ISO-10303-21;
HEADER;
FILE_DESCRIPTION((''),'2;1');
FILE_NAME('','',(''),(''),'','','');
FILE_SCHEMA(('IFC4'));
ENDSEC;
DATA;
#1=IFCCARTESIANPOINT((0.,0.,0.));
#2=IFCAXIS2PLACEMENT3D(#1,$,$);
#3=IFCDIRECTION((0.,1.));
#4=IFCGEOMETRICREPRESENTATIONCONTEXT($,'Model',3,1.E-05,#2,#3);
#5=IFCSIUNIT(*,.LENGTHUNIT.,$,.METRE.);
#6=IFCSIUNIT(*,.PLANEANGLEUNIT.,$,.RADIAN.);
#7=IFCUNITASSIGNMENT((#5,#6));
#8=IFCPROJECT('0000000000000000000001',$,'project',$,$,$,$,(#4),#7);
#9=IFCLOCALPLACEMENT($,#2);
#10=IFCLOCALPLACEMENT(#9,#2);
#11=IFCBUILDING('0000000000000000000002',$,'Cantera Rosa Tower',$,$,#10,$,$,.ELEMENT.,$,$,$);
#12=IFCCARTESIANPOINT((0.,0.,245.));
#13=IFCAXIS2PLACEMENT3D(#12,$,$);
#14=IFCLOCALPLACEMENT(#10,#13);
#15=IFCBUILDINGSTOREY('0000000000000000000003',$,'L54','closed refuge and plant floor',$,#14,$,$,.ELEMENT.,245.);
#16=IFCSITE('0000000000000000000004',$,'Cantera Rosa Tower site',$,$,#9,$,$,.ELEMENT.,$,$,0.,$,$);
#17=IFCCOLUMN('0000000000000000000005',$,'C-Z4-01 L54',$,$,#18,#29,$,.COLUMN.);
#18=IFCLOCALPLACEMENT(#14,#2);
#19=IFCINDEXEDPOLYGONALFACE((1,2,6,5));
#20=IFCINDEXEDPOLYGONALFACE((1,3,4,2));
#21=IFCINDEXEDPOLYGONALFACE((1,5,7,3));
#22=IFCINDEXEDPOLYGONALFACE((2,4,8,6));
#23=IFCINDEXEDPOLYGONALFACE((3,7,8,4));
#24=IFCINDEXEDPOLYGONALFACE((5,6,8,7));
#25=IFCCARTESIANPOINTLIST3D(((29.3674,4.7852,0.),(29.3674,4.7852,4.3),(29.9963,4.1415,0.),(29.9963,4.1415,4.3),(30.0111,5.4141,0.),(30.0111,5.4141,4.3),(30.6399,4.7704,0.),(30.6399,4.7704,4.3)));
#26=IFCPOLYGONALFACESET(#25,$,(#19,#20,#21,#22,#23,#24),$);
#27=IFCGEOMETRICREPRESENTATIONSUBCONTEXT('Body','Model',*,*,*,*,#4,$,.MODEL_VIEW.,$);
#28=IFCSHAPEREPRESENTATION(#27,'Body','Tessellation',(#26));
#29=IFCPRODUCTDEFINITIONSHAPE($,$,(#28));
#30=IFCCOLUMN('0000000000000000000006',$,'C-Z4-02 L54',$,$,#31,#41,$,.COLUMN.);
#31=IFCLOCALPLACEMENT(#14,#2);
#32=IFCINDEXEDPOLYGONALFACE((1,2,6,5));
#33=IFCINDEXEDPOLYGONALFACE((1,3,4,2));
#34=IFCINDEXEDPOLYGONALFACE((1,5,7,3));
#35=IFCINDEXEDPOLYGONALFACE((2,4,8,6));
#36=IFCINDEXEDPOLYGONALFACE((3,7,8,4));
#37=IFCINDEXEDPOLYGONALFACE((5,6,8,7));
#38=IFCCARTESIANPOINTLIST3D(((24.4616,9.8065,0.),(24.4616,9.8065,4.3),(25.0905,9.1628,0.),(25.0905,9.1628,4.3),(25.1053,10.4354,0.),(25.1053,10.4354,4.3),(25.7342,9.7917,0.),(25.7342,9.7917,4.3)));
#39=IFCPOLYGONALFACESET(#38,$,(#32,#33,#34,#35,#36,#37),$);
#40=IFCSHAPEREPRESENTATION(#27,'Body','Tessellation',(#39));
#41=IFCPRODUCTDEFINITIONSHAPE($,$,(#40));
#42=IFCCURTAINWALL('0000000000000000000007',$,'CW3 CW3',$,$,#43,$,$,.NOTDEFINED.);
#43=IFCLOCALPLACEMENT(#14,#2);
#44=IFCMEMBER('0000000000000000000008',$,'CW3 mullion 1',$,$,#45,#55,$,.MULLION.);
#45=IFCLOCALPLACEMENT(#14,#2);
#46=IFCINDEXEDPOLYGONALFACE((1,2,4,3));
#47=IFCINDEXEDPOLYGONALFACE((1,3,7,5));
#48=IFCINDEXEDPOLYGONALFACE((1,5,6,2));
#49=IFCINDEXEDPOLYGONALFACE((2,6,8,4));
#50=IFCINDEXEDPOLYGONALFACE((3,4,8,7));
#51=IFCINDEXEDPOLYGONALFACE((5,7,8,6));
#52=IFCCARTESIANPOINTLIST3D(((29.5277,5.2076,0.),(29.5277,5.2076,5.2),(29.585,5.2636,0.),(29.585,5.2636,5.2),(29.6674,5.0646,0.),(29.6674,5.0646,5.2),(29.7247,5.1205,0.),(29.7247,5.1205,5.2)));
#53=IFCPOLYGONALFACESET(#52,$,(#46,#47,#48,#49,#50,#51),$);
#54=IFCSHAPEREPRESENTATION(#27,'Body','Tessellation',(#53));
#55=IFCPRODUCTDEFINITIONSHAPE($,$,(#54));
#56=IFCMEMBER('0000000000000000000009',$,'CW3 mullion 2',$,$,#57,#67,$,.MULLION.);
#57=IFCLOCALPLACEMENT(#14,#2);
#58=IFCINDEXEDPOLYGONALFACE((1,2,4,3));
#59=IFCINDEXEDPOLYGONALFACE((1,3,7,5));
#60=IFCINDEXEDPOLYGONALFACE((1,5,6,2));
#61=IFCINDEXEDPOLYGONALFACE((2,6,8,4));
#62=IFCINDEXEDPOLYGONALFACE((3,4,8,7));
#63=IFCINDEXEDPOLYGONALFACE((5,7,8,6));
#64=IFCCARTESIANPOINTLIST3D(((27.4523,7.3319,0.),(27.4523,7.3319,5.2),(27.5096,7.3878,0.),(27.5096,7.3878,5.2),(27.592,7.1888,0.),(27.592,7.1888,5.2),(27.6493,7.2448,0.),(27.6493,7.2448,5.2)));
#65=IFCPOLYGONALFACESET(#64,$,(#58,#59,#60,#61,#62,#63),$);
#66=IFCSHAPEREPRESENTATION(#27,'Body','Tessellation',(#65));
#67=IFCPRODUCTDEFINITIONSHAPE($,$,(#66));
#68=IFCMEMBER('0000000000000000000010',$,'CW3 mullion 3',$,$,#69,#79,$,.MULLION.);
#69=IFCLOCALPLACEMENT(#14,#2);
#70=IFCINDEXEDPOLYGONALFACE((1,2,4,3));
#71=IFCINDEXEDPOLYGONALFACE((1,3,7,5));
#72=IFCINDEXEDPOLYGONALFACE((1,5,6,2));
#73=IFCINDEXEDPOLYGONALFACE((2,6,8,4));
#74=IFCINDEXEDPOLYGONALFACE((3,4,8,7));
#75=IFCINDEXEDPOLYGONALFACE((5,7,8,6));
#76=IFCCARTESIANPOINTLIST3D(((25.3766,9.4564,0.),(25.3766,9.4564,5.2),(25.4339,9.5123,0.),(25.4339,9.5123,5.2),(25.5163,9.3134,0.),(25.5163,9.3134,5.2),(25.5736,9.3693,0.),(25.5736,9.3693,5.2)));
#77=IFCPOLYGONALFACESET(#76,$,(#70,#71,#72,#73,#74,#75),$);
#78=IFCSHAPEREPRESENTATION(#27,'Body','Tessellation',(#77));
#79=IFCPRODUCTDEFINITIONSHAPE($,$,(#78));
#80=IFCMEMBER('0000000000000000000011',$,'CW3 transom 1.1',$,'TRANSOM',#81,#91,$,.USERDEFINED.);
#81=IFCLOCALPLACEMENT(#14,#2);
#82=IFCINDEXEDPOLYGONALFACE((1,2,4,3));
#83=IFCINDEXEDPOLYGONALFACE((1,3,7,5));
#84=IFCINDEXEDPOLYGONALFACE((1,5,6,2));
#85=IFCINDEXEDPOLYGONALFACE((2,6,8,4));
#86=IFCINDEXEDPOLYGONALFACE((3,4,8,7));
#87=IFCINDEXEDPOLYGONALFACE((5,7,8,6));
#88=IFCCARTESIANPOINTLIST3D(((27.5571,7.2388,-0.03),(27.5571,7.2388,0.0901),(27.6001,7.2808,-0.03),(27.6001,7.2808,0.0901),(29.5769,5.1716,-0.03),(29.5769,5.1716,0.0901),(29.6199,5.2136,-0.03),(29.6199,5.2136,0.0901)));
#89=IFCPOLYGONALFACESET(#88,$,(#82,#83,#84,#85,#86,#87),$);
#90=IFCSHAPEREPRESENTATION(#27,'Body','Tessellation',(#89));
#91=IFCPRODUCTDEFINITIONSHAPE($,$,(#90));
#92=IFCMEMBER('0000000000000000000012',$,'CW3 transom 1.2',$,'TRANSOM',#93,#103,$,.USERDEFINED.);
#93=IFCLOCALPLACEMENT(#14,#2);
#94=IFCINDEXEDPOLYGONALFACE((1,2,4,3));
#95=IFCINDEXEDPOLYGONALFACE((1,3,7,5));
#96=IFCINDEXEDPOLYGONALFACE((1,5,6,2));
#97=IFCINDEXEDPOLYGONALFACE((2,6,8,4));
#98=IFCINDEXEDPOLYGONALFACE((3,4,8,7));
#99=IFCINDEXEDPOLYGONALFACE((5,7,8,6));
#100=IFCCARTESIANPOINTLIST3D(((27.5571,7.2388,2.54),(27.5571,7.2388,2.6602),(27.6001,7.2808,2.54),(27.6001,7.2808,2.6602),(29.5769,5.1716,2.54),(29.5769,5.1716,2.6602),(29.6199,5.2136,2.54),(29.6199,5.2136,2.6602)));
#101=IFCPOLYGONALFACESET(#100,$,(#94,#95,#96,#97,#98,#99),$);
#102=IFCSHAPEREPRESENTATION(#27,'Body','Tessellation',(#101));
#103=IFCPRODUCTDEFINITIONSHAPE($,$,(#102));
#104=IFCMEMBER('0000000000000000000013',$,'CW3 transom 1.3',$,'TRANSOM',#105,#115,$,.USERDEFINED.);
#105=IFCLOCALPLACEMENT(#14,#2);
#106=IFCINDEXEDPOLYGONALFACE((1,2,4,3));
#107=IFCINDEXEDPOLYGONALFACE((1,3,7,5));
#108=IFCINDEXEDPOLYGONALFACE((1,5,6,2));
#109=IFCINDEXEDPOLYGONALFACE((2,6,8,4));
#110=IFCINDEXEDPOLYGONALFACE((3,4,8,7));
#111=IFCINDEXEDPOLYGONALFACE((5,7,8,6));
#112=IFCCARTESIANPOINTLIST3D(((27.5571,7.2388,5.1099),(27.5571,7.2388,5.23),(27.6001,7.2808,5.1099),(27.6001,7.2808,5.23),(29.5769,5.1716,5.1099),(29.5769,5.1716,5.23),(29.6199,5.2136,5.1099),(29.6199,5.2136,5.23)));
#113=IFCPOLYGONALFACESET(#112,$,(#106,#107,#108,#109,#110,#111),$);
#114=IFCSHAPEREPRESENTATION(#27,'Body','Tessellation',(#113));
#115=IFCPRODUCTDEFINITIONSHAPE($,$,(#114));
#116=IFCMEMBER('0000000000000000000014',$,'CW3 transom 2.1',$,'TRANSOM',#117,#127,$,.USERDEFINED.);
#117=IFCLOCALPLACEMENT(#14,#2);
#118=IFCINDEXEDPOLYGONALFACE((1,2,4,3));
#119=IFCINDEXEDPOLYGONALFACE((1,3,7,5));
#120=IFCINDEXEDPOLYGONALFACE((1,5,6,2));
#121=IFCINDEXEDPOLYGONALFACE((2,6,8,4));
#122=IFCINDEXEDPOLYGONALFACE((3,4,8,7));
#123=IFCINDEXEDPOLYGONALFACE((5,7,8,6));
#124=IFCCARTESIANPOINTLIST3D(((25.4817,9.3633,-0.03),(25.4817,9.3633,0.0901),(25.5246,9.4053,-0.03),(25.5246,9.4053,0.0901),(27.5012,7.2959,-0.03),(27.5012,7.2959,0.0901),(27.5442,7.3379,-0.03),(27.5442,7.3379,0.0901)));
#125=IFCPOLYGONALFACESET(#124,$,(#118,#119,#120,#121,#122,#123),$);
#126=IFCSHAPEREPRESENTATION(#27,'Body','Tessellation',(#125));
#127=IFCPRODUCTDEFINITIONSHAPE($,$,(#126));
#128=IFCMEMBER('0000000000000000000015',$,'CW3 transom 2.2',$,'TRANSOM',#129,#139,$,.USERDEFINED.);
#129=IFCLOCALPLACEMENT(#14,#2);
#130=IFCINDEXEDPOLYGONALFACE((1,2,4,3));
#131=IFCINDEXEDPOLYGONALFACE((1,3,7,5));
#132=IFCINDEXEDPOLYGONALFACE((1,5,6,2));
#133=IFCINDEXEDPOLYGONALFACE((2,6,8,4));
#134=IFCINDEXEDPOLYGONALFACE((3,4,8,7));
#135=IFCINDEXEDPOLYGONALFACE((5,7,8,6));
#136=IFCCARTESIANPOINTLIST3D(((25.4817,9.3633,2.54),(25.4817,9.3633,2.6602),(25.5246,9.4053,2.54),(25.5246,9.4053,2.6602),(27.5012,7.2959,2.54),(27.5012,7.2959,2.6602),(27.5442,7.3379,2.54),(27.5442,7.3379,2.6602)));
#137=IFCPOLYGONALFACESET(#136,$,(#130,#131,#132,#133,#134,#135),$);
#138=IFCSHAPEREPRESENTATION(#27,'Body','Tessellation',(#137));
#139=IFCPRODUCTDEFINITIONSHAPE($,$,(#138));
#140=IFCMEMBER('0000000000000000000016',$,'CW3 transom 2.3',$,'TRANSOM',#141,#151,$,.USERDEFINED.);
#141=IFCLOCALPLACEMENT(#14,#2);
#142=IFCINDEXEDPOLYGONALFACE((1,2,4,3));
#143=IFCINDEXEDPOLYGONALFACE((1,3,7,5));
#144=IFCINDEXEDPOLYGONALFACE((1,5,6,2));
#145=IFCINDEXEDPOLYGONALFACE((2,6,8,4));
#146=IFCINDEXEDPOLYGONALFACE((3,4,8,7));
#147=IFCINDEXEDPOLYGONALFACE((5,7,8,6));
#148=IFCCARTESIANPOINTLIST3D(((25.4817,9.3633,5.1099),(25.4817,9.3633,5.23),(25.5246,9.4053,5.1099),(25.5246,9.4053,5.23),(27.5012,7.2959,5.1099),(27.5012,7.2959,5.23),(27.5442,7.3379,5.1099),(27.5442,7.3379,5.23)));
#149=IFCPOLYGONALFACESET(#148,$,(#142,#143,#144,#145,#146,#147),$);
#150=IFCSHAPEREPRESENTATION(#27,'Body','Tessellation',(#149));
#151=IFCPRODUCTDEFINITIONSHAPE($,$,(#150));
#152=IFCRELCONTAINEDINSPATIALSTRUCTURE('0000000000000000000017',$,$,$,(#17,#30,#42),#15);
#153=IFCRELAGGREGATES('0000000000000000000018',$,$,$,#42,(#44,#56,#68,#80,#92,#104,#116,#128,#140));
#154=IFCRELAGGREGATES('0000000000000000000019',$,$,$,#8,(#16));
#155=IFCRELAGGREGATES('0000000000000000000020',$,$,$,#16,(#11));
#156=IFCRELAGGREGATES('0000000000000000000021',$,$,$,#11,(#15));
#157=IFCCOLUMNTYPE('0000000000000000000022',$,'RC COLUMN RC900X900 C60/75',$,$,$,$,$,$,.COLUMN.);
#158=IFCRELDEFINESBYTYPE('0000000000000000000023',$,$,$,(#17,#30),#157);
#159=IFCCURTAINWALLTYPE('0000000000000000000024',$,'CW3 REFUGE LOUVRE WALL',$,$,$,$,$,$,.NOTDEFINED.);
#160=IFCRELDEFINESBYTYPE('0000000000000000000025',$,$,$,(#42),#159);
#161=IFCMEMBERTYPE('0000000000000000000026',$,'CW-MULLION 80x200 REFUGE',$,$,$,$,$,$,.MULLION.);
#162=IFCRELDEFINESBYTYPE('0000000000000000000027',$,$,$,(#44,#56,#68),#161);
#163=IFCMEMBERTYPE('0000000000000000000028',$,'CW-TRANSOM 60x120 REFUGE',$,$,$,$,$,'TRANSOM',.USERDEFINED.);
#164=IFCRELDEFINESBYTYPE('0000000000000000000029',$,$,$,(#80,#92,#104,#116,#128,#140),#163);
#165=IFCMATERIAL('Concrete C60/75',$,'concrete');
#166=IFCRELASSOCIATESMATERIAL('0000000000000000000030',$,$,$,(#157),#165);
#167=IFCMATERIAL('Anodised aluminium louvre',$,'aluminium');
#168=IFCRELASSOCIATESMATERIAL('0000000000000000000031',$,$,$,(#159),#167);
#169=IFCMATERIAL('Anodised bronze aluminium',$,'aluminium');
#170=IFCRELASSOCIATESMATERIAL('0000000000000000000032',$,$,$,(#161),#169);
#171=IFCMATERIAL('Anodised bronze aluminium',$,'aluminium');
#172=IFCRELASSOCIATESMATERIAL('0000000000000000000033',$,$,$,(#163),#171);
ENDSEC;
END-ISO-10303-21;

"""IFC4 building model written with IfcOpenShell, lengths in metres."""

from ifc_helpers import new_model, si_unit, direction, frame, origin, origin_2d, place, context, subcontext, project, spatial, rectangle, extrude, material, material_profile, profile_set, type_object, element, aggregate, save


model = new_model("IFC4")

# Units and contexts
model_context = context("Model", 3, precision=1e-05, world=origin(), true_north=direction((0.0, 1.0)))
body_context = subcontext(model_context, "Body", "Model", "MODEL_VIEW")
ifc_project = project(units=[si_unit("LENGTHUNIT", "METRE"), si_unit("PLANEANGLEUNIT", "RADIAN")], contexts=[model_context])

# Site, building, storey
site_placement = place(None, origin())
site = spatial("IfcSite", under=ifc_project, at=site_placement, Name="Cantera Rosa Tower site", CompositionType="ELEMENT", RefElevation=0.0)
building_placement = place(site_placement, origin())
building = spatial("IfcBuilding", under=site, at=building_placement, Name="Cantera Rosa Tower", CompositionType="ELEMENT")
storey_placement = place(building_placement, frame((0.0, 0.0, 245.0)))
storey = spatial("IfcBuildingStorey", under=building, at=storey_placement, Name="L54", Description="closed refuge and plant floor", CompositionType="ELEMENT", Elevation=245.0)

# Columns
ifc_material_1 = material(Name="Concrete C60/75", Category="concrete")
ifc_material_profile_1 = material_profile(ifc_material_1, rectangle(XDim=0.8999, YDim=0.8999, at=origin_2d()), Name="RC COLUMN RC900X900 C60/75")
ifc_profile_set_1 = profile_set([ifc_material_profile_1], Name="Concrete C60/75")
column_type = type_object("IfcColumnType", Name="RC COLUMN RC900X900 C60/75", PredefinedType="COLUMN", material=ifc_profile_set_1)
for number, where, z_axis, x_axis, name in (
    (1, (30.0037, 4.7778, 0.0), (0.0, 0.0, 1.0), (0.715286, 0.698832, 0.0), "C-Z4-01 L54"),
    (2, (25.0979, 9.7991, 0.0), (0.0, 0.0, 1.0), (0.715286, 0.698832, 0.0), "C-Z4-02 L54"),
):
    element("IfcColumn", number, at=place(storey_placement, frame(where, z_axis=z_axis, x_axis=x_axis)), inside=storey, type_object=column_type, Name=name, PredefinedType="COLUMN", context=body_context, shape_type="SweptSolid", body=[
        extrude(rectangle(XDim=0.8999, YDim=0.8999, at=origin_2d()), origin(), (0.0, 0.0, 1.0), 4.3),
    ])

# Curtain wall, members
ifc_material_2 = material(Name="Anodised aluminium louvre", Category="aluminium")
curtain_wall_type = type_object("IfcCurtainWallType", Name="CW3 REFUGE LOUVRE WALL", PredefinedType="NOTDEFINED", material=ifc_material_2)
curtain_wall_placement = place(storey_placement, origin())
curtain_wall = element("IfcCurtainWall", 3, at=curtain_wall_placement, inside=storey, type_object=curtain_wall_type, Name="CW3 CW3", PredefinedType="NOTDEFINED")
ifc_material_3 = material(Name="Anodised bronze aluminium", Category="aluminium")
ifc_material_profile_2 = material_profile(ifc_material_3, rectangle(XDim=0.0801, YDim=0.2, at=origin_2d()), Name="CW-MULLION 80x200 REFUGE")
ifc_profile_set_2 = profile_set([ifc_material_profile_2], Name="Anodised bronze aluminium")
member_type_1 = type_object("IfcMemberType", Name="CW-MULLION 80x200 REFUGE", PredefinedType="MULLION", material=ifc_profile_set_2)
member_1_placement = place(storey_placement, frame((29.6262, 5.1641, 0.0), z_axis=(0.0, 0.0, 1.0), x_axis=(-0.715286, -0.698832, 0.0)))
member_1 = element("IfcMember", 4, at=member_1_placement, type_object=member_type_1, Name="CW3 mullion 1", PredefinedType="MULLION", context=body_context, shape_type="SweptSolid", body=[
    extrude(rectangle(XDim=0.0801, YDim=0.2, at=origin_2d()), origin(), (0.0, 0.0, 1.0), 5.2),
])
member_2_placement = place(storey_placement, frame((27.5508, 7.2883, 0.0), z_axis=(0.0, 0.0, 1.0), x_axis=(-0.715286, -0.698832, 0.0)))
member_2 = element("IfcMember", 5, at=member_2_placement, type_object=member_type_1, Name="CW3 mullion 2", PredefinedType="MULLION", context=body_context, shape_type="SweptSolid", body=[
    extrude(rectangle(XDim=0.0801, YDim=0.2, at=origin_2d()), origin(), (0.0, 0.0, 1.0), 5.2),
])
member_3_placement = place(storey_placement, frame((25.4751, 9.4128, 0.0), z_axis=(0.0, 0.0, 1.0), x_axis=(-0.715286, -0.698832, 0.0)))
member_3 = element("IfcMember", 6, at=member_3_placement, type_object=member_type_1, Name="CW3 mullion 3", PredefinedType="MULLION", context=body_context, shape_type="SweptSolid", body=[
    extrude(rectangle(XDim=0.0801, YDim=0.2, at=origin_2d()), origin(), (0.0, 0.0, 1.0), 5.2),
])
ifc_material_4 = material(Name="Anodised bronze aluminium", Category="aluminium")
ifc_material_profile_3 = material_profile(ifc_material_4, rectangle(XDim=0.0601, YDim=0.1201, at=origin_2d()), Name="CW-TRANSOM 60x120 REFUGE")
ifc_profile_set_3 = profile_set([ifc_material_profile_3], Name="Anodised bronze aluminium")
member_type_2 = type_object("IfcMemberType", Name="CW-TRANSOM 60x120 REFUGE", ElementType="TRANSOM", PredefinedType="USERDEFINED", material=ifc_profile_set_3)
member_4_placement = place(storey_placement, frame((29.5984, 5.1926, 0.03), z_axis=(-0.698865, 0.715253, 0.0), x_axis=(-0.715253, -0.698865, 0.0)))
member_4 = element("IfcMember", 7, at=member_4_placement, type_object=member_type_2, Name="CW3 transom 1.1", ObjectType="TRANSOM", PredefinedType="USERDEFINED", context=body_context, shape_type="SweptSolid", body=[
    extrude(rectangle(XDim=0.0601, YDim=0.1201, at=origin_2d()), origin(), (0.0, 0.0, 1.0), 2.8901),
])
member_5_placement = place(storey_placement, frame((29.5984, 5.1926, 2.6001), z_axis=(-0.698865, 0.715253, 0.0), x_axis=(-0.715253, -0.698865, 0.0)))
member_5 = element("IfcMember", 8, at=member_5_placement, type_object=member_type_2, Name="CW3 transom 1.2", ObjectType="TRANSOM", PredefinedType="USERDEFINED", context=body_context, shape_type="SweptSolid", body=[
    extrude(rectangle(XDim=0.0601, YDim=0.1201, at=origin_2d()), origin(), (0.0, 0.0, 1.0), 2.8901),
])
member_6_placement = place(storey_placement, frame((29.5984, 5.1926, 5.1699), z_axis=(-0.698865, 0.715253, 0.0), x_axis=(-0.715253, -0.698865, 0.0)))
member_6 = element("IfcMember", 9, at=member_6_placement, type_object=member_type_2, Name="CW3 transom 1.3", ObjectType="TRANSOM", PredefinedType="USERDEFINED", context=body_context, shape_type="SweptSolid", body=[
    extrude(rectangle(XDim=0.0601, YDim=0.1201, at=origin_2d()), origin(), (0.0, 0.0, 1.0), 2.8901),
])
member_7_placement = place(storey_placement, frame((27.5227, 7.3169, 0.03), z_axis=(-0.69878, 0.715337, 0.0), x_axis=(-0.715337, -0.69878, 0.0)))
member_7 = element("IfcMember", 10, at=member_7_placement, type_object=member_type_2, Name="CW3 transom 2.1", ObjectType="TRANSOM", PredefinedType="USERDEFINED", context=body_context, shape_type="SweptSolid", body=[
    extrude(rectangle(XDim=0.0601, YDim=0.1201, at=origin_2d()), origin(), (0.0, 0.0, 1.0), 2.8901),
])
member_8_placement = place(storey_placement, frame((27.5227, 7.3169, 2.6001), z_axis=(-0.69878, 0.715337, 0.0), x_axis=(-0.715337, -0.69878, 0.0)))
member_8 = element("IfcMember", 11, at=member_8_placement, type_object=member_type_2, Name="CW3 transom 2.2", ObjectType="TRANSOM", PredefinedType="USERDEFINED", context=body_context, shape_type="SweptSolid", body=[
    extrude(rectangle(XDim=0.0601, YDim=0.1201, at=origin_2d()), origin(), (0.0, 0.0, 1.0), 2.8901),
])
member_9_placement = place(storey_placement, frame((27.5227, 7.3169, 5.1699), z_axis=(-0.69878, 0.715337, 0.0), x_axis=(-0.715337, -0.69878, 0.0)))
member_9 = element("IfcMember", 12, at=member_9_placement, type_object=member_type_2, Name="CW3 transom 2.3", ObjectType="TRANSOM", PredefinedType="USERDEFINED", context=body_context, shape_type="SweptSolid", body=[
    extrude(rectangle(XDim=0.0601, YDim=0.1201, at=origin_2d()), origin(), (0.0, 0.0, 1.0), 2.8901),
])

aggregate(curtain_wall, [member_1, member_2, member_3, member_4, member_5, member_6, member_7, member_8, member_9])

save(model, "model.ifc")
